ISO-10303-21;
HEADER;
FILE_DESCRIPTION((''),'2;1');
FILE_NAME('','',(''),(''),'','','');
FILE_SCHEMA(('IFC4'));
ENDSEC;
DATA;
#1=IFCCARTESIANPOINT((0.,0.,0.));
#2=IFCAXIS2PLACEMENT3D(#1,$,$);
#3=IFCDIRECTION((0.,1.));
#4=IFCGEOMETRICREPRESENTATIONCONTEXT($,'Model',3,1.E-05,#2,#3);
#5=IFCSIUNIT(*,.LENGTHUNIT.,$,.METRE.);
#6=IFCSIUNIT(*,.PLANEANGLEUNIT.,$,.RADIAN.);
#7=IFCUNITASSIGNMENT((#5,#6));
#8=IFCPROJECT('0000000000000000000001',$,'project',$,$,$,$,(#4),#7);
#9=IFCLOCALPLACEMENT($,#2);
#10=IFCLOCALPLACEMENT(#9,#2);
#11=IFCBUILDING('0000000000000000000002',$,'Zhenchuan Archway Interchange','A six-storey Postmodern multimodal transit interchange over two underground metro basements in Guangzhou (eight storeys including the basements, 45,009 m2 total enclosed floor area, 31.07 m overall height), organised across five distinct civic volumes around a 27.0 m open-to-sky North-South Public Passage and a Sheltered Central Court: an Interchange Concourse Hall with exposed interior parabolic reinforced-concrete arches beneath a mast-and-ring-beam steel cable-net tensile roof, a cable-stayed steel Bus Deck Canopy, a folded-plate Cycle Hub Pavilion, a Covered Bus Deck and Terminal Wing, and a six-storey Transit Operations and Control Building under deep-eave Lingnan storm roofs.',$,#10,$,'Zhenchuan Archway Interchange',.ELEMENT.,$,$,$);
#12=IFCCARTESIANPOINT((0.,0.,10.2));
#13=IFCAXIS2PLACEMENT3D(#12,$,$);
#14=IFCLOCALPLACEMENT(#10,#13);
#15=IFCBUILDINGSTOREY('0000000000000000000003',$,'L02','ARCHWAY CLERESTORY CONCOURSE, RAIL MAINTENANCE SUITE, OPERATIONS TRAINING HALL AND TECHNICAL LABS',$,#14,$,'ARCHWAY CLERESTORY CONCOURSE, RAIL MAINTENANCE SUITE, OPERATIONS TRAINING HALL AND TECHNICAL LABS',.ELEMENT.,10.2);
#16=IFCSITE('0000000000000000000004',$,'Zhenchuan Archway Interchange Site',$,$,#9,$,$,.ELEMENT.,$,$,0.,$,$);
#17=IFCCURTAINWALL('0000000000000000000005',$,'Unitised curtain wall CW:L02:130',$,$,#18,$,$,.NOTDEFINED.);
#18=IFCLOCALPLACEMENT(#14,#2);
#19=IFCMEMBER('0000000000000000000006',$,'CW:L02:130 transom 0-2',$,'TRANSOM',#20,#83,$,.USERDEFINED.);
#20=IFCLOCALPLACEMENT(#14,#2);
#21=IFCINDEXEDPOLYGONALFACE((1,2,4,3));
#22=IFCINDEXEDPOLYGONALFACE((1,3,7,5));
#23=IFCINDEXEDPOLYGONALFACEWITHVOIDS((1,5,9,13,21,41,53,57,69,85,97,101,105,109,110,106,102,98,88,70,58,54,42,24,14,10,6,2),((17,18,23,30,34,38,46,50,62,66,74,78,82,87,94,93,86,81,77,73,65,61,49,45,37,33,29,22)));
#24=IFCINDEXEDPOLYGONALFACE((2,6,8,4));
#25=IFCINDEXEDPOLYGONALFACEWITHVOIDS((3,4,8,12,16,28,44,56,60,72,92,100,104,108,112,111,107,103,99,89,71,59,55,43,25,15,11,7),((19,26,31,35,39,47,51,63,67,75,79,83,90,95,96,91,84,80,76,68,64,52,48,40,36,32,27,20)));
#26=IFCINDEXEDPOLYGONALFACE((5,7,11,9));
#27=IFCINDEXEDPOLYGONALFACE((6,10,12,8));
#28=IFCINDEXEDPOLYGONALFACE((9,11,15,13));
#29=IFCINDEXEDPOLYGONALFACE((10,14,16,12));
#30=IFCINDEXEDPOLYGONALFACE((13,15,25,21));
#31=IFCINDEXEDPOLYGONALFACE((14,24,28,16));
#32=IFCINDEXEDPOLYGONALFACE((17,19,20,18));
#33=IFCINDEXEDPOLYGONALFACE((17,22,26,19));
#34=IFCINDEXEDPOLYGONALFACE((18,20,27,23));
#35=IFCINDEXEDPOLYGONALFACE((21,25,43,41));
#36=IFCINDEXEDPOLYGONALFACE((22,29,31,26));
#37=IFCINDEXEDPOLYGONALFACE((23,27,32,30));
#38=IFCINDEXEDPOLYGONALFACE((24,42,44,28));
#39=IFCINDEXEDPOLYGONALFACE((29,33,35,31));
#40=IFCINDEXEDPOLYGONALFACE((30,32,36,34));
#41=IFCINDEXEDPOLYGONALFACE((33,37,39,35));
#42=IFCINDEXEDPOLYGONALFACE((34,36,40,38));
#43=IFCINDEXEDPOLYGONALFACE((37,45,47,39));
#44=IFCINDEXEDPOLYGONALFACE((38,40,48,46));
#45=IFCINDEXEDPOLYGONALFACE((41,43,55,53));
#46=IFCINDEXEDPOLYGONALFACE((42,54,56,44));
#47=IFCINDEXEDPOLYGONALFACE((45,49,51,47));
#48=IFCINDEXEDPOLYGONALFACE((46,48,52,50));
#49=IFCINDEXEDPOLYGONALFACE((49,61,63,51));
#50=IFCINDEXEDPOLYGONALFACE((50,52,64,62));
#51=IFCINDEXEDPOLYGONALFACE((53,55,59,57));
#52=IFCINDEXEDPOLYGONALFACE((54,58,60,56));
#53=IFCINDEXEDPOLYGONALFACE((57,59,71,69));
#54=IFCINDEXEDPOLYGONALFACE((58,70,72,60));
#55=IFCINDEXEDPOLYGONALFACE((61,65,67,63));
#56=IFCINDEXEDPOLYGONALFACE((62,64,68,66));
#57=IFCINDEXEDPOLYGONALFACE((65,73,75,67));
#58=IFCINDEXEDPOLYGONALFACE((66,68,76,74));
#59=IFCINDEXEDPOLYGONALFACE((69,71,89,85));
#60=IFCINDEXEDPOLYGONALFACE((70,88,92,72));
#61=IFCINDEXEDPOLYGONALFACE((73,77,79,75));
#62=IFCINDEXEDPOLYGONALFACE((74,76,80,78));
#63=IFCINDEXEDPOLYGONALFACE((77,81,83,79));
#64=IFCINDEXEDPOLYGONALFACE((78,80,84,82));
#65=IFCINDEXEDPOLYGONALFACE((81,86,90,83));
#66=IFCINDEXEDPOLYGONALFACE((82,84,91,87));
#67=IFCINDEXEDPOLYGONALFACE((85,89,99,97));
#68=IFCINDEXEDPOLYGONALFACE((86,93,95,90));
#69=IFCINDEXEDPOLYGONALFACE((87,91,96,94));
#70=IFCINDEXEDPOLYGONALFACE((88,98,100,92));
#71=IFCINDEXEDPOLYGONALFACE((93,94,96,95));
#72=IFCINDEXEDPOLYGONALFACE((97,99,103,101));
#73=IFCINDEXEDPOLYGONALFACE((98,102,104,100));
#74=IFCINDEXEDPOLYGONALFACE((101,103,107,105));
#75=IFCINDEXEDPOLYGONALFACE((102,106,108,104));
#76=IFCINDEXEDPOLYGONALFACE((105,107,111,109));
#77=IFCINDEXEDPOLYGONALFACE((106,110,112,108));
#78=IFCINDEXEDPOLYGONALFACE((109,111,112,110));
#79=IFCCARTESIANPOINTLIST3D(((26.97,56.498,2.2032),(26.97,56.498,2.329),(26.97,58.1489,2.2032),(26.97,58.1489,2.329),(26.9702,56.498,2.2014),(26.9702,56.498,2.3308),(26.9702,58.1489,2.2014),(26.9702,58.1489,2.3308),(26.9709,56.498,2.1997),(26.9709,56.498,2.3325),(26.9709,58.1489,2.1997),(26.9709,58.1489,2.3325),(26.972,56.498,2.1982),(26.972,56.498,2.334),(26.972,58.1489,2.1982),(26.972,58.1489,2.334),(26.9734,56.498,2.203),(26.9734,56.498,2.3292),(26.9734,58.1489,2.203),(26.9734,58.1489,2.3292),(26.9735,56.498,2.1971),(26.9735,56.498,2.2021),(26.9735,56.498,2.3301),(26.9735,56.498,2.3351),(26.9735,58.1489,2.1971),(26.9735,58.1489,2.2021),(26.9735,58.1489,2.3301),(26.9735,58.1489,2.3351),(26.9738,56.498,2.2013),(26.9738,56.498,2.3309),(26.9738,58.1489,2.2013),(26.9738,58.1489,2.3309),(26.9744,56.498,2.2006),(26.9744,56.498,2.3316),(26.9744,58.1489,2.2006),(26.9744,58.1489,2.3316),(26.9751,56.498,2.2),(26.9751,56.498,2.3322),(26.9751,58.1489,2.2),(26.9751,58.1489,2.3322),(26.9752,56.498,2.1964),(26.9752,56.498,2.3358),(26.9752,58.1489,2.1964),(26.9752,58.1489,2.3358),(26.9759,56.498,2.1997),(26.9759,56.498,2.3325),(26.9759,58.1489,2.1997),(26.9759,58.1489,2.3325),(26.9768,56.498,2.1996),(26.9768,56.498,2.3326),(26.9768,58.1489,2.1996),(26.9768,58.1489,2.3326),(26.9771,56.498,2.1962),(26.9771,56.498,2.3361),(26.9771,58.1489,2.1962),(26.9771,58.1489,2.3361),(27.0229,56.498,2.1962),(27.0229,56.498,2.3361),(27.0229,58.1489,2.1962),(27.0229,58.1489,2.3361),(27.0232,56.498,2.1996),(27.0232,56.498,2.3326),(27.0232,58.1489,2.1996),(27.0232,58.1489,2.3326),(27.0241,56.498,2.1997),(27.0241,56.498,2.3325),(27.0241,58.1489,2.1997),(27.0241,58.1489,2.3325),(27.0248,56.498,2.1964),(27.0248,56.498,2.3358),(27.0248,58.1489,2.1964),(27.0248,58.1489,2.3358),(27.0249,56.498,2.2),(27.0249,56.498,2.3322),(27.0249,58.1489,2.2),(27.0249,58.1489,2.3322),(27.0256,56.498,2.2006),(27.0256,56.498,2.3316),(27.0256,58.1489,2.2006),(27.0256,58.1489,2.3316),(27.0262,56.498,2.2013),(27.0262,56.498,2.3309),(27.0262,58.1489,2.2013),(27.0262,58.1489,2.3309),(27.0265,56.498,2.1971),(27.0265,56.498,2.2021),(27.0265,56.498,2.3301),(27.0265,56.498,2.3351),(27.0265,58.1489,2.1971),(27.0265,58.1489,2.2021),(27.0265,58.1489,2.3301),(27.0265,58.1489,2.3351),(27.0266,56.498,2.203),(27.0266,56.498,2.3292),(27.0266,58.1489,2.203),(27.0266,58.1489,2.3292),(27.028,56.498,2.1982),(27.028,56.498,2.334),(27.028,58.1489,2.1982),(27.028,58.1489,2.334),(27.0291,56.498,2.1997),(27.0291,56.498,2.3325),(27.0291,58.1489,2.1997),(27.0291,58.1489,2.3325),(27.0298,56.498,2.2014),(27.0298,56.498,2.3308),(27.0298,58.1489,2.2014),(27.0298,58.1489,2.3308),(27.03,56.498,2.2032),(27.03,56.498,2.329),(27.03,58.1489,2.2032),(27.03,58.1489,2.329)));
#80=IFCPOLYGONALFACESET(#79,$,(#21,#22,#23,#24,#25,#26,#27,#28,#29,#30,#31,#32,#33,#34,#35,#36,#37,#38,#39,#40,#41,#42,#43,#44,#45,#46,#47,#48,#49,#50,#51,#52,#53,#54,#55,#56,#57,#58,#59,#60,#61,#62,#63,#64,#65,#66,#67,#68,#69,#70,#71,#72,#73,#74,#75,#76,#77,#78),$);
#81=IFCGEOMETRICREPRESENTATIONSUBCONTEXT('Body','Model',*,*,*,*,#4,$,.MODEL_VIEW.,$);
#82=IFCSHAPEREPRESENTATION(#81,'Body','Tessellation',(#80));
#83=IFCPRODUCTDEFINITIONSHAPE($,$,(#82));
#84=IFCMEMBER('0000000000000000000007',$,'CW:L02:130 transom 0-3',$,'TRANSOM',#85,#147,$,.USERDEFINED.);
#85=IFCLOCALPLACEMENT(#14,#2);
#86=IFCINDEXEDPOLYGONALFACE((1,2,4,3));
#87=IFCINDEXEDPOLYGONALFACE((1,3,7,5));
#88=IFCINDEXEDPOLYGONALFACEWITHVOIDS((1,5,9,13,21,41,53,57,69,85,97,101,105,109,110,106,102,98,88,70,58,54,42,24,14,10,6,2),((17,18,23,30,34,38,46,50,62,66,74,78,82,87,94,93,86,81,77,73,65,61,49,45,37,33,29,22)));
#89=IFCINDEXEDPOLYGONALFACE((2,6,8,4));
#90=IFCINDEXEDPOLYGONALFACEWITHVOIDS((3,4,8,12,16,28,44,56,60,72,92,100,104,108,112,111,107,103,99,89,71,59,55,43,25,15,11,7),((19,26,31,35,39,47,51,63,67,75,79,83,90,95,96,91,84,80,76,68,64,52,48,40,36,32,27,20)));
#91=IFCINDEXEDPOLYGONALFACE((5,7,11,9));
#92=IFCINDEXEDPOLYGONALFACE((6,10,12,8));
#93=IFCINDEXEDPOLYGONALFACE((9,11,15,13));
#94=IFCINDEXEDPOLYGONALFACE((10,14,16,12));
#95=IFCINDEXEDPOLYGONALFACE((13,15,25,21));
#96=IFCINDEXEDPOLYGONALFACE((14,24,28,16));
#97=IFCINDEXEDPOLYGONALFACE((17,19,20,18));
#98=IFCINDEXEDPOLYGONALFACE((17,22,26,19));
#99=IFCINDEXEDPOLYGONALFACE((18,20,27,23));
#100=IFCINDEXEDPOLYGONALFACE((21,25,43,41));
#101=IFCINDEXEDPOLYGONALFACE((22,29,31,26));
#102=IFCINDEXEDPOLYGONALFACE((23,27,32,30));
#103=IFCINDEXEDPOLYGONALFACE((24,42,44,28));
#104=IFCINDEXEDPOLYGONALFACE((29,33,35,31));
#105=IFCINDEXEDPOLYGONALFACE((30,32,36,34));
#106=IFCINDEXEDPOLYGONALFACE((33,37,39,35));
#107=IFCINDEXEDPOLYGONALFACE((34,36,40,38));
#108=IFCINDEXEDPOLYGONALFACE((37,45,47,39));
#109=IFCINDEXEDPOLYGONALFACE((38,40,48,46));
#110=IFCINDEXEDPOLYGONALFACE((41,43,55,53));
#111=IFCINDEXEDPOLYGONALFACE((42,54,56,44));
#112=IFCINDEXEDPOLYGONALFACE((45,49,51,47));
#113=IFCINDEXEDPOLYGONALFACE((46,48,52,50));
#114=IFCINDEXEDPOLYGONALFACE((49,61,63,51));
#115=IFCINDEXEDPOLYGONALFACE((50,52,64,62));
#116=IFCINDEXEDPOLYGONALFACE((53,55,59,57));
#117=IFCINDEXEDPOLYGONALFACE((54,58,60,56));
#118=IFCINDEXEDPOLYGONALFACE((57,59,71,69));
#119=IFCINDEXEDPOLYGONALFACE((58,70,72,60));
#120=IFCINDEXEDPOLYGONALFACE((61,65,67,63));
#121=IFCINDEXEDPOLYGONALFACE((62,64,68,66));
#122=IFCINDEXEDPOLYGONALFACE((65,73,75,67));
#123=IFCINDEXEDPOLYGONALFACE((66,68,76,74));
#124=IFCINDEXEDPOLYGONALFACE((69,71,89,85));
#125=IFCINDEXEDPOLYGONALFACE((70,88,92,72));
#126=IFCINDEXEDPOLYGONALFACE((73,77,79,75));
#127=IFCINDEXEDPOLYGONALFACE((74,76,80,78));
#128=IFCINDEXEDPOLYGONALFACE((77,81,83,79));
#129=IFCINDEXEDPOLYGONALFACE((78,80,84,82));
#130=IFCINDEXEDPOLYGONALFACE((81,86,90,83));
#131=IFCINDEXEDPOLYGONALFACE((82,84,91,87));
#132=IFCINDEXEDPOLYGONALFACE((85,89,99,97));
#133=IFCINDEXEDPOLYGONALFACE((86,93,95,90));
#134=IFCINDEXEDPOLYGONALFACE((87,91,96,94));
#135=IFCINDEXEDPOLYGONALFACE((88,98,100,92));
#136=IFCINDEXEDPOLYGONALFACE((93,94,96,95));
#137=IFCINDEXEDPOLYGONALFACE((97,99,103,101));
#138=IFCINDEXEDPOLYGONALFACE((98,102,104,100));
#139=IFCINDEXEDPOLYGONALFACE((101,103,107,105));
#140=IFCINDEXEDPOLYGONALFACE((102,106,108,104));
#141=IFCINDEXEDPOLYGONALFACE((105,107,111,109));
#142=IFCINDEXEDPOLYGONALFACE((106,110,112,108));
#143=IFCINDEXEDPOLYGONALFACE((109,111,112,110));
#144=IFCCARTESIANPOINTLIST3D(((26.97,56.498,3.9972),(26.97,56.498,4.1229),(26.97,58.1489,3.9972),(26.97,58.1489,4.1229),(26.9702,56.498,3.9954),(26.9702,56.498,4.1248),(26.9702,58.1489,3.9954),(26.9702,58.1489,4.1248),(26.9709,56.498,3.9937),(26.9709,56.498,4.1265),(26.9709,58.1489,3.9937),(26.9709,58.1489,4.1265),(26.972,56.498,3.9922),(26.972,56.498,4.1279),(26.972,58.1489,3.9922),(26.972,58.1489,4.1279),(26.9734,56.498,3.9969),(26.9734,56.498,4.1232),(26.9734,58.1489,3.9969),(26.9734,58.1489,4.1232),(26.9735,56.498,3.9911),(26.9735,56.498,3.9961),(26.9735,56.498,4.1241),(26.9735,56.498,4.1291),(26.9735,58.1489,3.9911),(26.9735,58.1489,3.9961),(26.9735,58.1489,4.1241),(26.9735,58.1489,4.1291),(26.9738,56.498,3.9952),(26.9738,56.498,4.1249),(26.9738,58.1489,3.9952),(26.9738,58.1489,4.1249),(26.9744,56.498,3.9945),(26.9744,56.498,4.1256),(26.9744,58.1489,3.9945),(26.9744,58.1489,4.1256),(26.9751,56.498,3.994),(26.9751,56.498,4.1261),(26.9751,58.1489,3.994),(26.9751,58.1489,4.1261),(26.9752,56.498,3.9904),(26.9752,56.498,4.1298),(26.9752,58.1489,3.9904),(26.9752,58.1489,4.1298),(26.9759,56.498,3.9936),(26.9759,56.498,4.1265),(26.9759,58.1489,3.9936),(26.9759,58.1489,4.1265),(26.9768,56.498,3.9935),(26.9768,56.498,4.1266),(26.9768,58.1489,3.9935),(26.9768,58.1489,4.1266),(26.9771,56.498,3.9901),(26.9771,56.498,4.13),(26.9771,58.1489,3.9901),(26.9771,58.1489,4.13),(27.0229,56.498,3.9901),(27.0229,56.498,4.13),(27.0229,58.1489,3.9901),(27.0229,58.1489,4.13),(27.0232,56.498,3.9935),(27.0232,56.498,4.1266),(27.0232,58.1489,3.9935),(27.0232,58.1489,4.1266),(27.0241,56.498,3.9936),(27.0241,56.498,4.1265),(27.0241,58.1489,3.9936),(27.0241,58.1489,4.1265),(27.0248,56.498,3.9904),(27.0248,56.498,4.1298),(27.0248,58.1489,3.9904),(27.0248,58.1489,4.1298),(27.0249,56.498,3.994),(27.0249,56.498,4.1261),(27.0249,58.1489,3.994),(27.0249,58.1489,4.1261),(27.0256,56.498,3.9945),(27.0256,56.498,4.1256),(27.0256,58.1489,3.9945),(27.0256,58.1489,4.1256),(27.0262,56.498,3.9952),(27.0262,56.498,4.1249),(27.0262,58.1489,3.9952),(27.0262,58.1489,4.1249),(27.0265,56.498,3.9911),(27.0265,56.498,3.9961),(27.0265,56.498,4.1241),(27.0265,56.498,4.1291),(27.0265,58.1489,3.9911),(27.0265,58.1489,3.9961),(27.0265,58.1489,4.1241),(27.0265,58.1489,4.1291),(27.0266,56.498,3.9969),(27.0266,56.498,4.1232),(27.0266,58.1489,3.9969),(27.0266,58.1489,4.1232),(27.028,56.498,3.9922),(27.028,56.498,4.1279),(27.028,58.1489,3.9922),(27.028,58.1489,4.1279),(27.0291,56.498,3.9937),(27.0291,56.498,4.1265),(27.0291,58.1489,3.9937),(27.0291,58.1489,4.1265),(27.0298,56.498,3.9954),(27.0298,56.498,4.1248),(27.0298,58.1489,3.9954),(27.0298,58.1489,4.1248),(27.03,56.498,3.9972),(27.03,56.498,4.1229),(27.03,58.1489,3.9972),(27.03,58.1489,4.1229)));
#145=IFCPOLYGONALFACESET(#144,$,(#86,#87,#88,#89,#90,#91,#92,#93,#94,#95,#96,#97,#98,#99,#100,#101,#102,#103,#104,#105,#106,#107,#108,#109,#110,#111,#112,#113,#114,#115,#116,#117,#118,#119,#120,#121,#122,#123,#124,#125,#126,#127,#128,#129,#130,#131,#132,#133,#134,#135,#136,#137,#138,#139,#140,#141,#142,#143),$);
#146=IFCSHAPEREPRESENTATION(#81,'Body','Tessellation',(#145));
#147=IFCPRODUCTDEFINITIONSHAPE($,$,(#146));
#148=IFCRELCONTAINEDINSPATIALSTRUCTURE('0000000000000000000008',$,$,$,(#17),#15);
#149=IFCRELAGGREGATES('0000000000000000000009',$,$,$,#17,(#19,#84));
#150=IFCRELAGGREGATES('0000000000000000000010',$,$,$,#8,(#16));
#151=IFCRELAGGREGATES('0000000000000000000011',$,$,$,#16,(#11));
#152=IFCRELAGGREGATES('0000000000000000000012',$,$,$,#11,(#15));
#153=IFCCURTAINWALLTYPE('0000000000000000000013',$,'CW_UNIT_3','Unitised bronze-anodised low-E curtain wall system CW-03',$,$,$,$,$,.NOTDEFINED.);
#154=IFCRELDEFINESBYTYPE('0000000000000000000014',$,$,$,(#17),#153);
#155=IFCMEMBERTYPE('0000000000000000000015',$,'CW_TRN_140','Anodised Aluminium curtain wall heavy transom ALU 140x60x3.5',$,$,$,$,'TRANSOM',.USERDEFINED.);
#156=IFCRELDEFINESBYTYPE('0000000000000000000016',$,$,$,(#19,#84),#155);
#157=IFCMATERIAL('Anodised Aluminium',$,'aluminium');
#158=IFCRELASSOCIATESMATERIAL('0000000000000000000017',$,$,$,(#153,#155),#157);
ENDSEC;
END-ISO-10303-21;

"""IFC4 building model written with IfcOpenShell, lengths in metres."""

from ifc_helpers import new_model, si_unit, direction, frame, origin, origin_2d, place, context, subcontext, project, spatial, hollow_rectangle, extrude, material, material_profile, profile_set, type_object, element, aggregate, save


model = new_model("IFC4")

# Units and contexts
model_context = context("Model", 3, precision=1e-05, world=origin(), true_north=direction((0.0, 1.0)))
body_context = subcontext(model_context, "Body", "Model", "MODEL_VIEW")
ifc_project = project(units=[si_unit("LENGTHUNIT", "METRE"), si_unit("PLANEANGLEUNIT", "RADIAN")], contexts=[model_context])

# Site, building, storey
site_placement = place(None, origin())
site = spatial("IfcSite", under=ifc_project, at=site_placement, Name="Zhenchuan Archway Interchange Site", CompositionType="ELEMENT", RefElevation=0.0)
building_placement = place(site_placement, origin())
building = spatial("IfcBuilding", under=site, at=building_placement, Name="Zhenchuan Archway Interchange", Description="A six-storey Postmodern multimodal transit interchange over two underground metro basements in Guangzhou (eight storeys including the basements, 45,009 m2 total enclosed floor area, 31.07 m overall height), organised across five distinct civic volumes around a 27.0 m open-to-sky North-South Public Passage and a Sheltered Central Court: an Interchange Concourse Hall with exposed interior parabolic reinforced-concrete arches beneath a mast-and-ring-beam steel cable-net tensile roof, a cable-stayed steel Bus Deck Canopy, a folded-plate Cycle Hub Pavilion, a Covered Bus Deck and Terminal Wing, and a six-storey Transit Operations and Control Building under deep-eave Lingnan storm roofs.", LongName="Zhenchuan Archway Interchange", CompositionType="ELEMENT")
storey_placement = place(building_placement, frame((0.0, 0.0, 10.2)))
storey = spatial("IfcBuildingStorey", under=building, at=storey_placement, Name="L02", Description="ARCHWAY CLERESTORY CONCOURSE, RAIL MAINTENANCE SUITE, OPERATIONS TRAINING HALL AND TECHNICAL LABS", LongName="ARCHWAY CLERESTORY CONCOURSE, RAIL MAINTENANCE SUITE, OPERATIONS TRAINING HALL AND TECHNICAL LABS", CompositionType="ELEMENT", Elevation=10.2)

# Shared definitions
ifc_material_1 = material(Name="Anodised Aluminium", Category="aluminium")

# Curtain wall
curtain_wall_type_1 = type_object("IfcCurtainWallType", Name="CW_UNIT_3", Description="Unitised bronze-anodised low-E curtain wall system CW-03", PredefinedType="NOTDEFINED", material=ifc_material_1)
curtain_wall_1_placement = place(storey_placement, origin())
curtain_wall_1 = element("IfcCurtainWall", 1, at=curtain_wall_1_placement, inside=storey, type_object=curtain_wall_type_1, Name="Unitised curtain wall CW:L02:130", PredefinedType="NOTDEFINED")

# Members
ifc_material_profile_1 = material_profile(ifc_material_1, hollow_rectangle(XDim=0.0601, YDim=0.1399, WallThickness=0.0034, InnerFilletRadius=0.0034, OuterFilletRadius=0.0071, at=origin_2d()), Name="ALU 140x60x3.5")
ifc_profile_set_1 = profile_set([ifc_material_profile_1], Name="Anodised Aluminium")
member_type_1 = type_object("IfcMemberType", Name="CW_TRN_140", Description="Anodised Aluminium curtain wall heavy transom ALU 140x60x3.5", ElementType="TRANSOM", PredefinedType="USERDEFINED", material=ifc_profile_set_1)
member_1_placement = place(storey_placement, frame((27.0, 56.498, 2.2661), z_axis=(0.0, 1.0, 0.0), x_axis=(-1.0, 0.0, 0.0)))
member_1 = element("IfcMember", 2, at=member_1_placement, type_object=member_type_1, Name="CW:L02:130 transom 0-2", ObjectType="TRANSOM", PredefinedType="USERDEFINED", context=body_context, shape_type="SweptSolid", body=[
    extrude(hollow_rectangle(XDim=0.0601, YDim=0.1399, WallThickness=0.0034, InnerFilletRadius=0.0034, OuterFilletRadius=0.0071, at=origin_2d()), origin(), (0.0, 0.0, 1.0), 1.6509),
])
member_2_placement = place(storey_placement, frame((27.0, 56.498, 4.0601), z_axis=(0.0, 1.0, 0.0), x_axis=(-1.0, 0.0, 0.0)))
member_2 = element("IfcMember", 3, at=member_2_placement, type_object=member_type_1, Name="CW:L02:130 transom 0-3", ObjectType="TRANSOM", PredefinedType="USERDEFINED", context=body_context, shape_type="SweptSolid", body=[
    extrude(hollow_rectangle(XDim=0.0601, YDim=0.1399, WallThickness=0.0034, InnerFilletRadius=0.0034, OuterFilletRadius=0.0071, at=origin_2d()), origin(), (0.0, 0.0, 1.0), 1.6509),
])

aggregate(curtain_wall_1, [member_1, member_2])

save(model, "model.ifc")
